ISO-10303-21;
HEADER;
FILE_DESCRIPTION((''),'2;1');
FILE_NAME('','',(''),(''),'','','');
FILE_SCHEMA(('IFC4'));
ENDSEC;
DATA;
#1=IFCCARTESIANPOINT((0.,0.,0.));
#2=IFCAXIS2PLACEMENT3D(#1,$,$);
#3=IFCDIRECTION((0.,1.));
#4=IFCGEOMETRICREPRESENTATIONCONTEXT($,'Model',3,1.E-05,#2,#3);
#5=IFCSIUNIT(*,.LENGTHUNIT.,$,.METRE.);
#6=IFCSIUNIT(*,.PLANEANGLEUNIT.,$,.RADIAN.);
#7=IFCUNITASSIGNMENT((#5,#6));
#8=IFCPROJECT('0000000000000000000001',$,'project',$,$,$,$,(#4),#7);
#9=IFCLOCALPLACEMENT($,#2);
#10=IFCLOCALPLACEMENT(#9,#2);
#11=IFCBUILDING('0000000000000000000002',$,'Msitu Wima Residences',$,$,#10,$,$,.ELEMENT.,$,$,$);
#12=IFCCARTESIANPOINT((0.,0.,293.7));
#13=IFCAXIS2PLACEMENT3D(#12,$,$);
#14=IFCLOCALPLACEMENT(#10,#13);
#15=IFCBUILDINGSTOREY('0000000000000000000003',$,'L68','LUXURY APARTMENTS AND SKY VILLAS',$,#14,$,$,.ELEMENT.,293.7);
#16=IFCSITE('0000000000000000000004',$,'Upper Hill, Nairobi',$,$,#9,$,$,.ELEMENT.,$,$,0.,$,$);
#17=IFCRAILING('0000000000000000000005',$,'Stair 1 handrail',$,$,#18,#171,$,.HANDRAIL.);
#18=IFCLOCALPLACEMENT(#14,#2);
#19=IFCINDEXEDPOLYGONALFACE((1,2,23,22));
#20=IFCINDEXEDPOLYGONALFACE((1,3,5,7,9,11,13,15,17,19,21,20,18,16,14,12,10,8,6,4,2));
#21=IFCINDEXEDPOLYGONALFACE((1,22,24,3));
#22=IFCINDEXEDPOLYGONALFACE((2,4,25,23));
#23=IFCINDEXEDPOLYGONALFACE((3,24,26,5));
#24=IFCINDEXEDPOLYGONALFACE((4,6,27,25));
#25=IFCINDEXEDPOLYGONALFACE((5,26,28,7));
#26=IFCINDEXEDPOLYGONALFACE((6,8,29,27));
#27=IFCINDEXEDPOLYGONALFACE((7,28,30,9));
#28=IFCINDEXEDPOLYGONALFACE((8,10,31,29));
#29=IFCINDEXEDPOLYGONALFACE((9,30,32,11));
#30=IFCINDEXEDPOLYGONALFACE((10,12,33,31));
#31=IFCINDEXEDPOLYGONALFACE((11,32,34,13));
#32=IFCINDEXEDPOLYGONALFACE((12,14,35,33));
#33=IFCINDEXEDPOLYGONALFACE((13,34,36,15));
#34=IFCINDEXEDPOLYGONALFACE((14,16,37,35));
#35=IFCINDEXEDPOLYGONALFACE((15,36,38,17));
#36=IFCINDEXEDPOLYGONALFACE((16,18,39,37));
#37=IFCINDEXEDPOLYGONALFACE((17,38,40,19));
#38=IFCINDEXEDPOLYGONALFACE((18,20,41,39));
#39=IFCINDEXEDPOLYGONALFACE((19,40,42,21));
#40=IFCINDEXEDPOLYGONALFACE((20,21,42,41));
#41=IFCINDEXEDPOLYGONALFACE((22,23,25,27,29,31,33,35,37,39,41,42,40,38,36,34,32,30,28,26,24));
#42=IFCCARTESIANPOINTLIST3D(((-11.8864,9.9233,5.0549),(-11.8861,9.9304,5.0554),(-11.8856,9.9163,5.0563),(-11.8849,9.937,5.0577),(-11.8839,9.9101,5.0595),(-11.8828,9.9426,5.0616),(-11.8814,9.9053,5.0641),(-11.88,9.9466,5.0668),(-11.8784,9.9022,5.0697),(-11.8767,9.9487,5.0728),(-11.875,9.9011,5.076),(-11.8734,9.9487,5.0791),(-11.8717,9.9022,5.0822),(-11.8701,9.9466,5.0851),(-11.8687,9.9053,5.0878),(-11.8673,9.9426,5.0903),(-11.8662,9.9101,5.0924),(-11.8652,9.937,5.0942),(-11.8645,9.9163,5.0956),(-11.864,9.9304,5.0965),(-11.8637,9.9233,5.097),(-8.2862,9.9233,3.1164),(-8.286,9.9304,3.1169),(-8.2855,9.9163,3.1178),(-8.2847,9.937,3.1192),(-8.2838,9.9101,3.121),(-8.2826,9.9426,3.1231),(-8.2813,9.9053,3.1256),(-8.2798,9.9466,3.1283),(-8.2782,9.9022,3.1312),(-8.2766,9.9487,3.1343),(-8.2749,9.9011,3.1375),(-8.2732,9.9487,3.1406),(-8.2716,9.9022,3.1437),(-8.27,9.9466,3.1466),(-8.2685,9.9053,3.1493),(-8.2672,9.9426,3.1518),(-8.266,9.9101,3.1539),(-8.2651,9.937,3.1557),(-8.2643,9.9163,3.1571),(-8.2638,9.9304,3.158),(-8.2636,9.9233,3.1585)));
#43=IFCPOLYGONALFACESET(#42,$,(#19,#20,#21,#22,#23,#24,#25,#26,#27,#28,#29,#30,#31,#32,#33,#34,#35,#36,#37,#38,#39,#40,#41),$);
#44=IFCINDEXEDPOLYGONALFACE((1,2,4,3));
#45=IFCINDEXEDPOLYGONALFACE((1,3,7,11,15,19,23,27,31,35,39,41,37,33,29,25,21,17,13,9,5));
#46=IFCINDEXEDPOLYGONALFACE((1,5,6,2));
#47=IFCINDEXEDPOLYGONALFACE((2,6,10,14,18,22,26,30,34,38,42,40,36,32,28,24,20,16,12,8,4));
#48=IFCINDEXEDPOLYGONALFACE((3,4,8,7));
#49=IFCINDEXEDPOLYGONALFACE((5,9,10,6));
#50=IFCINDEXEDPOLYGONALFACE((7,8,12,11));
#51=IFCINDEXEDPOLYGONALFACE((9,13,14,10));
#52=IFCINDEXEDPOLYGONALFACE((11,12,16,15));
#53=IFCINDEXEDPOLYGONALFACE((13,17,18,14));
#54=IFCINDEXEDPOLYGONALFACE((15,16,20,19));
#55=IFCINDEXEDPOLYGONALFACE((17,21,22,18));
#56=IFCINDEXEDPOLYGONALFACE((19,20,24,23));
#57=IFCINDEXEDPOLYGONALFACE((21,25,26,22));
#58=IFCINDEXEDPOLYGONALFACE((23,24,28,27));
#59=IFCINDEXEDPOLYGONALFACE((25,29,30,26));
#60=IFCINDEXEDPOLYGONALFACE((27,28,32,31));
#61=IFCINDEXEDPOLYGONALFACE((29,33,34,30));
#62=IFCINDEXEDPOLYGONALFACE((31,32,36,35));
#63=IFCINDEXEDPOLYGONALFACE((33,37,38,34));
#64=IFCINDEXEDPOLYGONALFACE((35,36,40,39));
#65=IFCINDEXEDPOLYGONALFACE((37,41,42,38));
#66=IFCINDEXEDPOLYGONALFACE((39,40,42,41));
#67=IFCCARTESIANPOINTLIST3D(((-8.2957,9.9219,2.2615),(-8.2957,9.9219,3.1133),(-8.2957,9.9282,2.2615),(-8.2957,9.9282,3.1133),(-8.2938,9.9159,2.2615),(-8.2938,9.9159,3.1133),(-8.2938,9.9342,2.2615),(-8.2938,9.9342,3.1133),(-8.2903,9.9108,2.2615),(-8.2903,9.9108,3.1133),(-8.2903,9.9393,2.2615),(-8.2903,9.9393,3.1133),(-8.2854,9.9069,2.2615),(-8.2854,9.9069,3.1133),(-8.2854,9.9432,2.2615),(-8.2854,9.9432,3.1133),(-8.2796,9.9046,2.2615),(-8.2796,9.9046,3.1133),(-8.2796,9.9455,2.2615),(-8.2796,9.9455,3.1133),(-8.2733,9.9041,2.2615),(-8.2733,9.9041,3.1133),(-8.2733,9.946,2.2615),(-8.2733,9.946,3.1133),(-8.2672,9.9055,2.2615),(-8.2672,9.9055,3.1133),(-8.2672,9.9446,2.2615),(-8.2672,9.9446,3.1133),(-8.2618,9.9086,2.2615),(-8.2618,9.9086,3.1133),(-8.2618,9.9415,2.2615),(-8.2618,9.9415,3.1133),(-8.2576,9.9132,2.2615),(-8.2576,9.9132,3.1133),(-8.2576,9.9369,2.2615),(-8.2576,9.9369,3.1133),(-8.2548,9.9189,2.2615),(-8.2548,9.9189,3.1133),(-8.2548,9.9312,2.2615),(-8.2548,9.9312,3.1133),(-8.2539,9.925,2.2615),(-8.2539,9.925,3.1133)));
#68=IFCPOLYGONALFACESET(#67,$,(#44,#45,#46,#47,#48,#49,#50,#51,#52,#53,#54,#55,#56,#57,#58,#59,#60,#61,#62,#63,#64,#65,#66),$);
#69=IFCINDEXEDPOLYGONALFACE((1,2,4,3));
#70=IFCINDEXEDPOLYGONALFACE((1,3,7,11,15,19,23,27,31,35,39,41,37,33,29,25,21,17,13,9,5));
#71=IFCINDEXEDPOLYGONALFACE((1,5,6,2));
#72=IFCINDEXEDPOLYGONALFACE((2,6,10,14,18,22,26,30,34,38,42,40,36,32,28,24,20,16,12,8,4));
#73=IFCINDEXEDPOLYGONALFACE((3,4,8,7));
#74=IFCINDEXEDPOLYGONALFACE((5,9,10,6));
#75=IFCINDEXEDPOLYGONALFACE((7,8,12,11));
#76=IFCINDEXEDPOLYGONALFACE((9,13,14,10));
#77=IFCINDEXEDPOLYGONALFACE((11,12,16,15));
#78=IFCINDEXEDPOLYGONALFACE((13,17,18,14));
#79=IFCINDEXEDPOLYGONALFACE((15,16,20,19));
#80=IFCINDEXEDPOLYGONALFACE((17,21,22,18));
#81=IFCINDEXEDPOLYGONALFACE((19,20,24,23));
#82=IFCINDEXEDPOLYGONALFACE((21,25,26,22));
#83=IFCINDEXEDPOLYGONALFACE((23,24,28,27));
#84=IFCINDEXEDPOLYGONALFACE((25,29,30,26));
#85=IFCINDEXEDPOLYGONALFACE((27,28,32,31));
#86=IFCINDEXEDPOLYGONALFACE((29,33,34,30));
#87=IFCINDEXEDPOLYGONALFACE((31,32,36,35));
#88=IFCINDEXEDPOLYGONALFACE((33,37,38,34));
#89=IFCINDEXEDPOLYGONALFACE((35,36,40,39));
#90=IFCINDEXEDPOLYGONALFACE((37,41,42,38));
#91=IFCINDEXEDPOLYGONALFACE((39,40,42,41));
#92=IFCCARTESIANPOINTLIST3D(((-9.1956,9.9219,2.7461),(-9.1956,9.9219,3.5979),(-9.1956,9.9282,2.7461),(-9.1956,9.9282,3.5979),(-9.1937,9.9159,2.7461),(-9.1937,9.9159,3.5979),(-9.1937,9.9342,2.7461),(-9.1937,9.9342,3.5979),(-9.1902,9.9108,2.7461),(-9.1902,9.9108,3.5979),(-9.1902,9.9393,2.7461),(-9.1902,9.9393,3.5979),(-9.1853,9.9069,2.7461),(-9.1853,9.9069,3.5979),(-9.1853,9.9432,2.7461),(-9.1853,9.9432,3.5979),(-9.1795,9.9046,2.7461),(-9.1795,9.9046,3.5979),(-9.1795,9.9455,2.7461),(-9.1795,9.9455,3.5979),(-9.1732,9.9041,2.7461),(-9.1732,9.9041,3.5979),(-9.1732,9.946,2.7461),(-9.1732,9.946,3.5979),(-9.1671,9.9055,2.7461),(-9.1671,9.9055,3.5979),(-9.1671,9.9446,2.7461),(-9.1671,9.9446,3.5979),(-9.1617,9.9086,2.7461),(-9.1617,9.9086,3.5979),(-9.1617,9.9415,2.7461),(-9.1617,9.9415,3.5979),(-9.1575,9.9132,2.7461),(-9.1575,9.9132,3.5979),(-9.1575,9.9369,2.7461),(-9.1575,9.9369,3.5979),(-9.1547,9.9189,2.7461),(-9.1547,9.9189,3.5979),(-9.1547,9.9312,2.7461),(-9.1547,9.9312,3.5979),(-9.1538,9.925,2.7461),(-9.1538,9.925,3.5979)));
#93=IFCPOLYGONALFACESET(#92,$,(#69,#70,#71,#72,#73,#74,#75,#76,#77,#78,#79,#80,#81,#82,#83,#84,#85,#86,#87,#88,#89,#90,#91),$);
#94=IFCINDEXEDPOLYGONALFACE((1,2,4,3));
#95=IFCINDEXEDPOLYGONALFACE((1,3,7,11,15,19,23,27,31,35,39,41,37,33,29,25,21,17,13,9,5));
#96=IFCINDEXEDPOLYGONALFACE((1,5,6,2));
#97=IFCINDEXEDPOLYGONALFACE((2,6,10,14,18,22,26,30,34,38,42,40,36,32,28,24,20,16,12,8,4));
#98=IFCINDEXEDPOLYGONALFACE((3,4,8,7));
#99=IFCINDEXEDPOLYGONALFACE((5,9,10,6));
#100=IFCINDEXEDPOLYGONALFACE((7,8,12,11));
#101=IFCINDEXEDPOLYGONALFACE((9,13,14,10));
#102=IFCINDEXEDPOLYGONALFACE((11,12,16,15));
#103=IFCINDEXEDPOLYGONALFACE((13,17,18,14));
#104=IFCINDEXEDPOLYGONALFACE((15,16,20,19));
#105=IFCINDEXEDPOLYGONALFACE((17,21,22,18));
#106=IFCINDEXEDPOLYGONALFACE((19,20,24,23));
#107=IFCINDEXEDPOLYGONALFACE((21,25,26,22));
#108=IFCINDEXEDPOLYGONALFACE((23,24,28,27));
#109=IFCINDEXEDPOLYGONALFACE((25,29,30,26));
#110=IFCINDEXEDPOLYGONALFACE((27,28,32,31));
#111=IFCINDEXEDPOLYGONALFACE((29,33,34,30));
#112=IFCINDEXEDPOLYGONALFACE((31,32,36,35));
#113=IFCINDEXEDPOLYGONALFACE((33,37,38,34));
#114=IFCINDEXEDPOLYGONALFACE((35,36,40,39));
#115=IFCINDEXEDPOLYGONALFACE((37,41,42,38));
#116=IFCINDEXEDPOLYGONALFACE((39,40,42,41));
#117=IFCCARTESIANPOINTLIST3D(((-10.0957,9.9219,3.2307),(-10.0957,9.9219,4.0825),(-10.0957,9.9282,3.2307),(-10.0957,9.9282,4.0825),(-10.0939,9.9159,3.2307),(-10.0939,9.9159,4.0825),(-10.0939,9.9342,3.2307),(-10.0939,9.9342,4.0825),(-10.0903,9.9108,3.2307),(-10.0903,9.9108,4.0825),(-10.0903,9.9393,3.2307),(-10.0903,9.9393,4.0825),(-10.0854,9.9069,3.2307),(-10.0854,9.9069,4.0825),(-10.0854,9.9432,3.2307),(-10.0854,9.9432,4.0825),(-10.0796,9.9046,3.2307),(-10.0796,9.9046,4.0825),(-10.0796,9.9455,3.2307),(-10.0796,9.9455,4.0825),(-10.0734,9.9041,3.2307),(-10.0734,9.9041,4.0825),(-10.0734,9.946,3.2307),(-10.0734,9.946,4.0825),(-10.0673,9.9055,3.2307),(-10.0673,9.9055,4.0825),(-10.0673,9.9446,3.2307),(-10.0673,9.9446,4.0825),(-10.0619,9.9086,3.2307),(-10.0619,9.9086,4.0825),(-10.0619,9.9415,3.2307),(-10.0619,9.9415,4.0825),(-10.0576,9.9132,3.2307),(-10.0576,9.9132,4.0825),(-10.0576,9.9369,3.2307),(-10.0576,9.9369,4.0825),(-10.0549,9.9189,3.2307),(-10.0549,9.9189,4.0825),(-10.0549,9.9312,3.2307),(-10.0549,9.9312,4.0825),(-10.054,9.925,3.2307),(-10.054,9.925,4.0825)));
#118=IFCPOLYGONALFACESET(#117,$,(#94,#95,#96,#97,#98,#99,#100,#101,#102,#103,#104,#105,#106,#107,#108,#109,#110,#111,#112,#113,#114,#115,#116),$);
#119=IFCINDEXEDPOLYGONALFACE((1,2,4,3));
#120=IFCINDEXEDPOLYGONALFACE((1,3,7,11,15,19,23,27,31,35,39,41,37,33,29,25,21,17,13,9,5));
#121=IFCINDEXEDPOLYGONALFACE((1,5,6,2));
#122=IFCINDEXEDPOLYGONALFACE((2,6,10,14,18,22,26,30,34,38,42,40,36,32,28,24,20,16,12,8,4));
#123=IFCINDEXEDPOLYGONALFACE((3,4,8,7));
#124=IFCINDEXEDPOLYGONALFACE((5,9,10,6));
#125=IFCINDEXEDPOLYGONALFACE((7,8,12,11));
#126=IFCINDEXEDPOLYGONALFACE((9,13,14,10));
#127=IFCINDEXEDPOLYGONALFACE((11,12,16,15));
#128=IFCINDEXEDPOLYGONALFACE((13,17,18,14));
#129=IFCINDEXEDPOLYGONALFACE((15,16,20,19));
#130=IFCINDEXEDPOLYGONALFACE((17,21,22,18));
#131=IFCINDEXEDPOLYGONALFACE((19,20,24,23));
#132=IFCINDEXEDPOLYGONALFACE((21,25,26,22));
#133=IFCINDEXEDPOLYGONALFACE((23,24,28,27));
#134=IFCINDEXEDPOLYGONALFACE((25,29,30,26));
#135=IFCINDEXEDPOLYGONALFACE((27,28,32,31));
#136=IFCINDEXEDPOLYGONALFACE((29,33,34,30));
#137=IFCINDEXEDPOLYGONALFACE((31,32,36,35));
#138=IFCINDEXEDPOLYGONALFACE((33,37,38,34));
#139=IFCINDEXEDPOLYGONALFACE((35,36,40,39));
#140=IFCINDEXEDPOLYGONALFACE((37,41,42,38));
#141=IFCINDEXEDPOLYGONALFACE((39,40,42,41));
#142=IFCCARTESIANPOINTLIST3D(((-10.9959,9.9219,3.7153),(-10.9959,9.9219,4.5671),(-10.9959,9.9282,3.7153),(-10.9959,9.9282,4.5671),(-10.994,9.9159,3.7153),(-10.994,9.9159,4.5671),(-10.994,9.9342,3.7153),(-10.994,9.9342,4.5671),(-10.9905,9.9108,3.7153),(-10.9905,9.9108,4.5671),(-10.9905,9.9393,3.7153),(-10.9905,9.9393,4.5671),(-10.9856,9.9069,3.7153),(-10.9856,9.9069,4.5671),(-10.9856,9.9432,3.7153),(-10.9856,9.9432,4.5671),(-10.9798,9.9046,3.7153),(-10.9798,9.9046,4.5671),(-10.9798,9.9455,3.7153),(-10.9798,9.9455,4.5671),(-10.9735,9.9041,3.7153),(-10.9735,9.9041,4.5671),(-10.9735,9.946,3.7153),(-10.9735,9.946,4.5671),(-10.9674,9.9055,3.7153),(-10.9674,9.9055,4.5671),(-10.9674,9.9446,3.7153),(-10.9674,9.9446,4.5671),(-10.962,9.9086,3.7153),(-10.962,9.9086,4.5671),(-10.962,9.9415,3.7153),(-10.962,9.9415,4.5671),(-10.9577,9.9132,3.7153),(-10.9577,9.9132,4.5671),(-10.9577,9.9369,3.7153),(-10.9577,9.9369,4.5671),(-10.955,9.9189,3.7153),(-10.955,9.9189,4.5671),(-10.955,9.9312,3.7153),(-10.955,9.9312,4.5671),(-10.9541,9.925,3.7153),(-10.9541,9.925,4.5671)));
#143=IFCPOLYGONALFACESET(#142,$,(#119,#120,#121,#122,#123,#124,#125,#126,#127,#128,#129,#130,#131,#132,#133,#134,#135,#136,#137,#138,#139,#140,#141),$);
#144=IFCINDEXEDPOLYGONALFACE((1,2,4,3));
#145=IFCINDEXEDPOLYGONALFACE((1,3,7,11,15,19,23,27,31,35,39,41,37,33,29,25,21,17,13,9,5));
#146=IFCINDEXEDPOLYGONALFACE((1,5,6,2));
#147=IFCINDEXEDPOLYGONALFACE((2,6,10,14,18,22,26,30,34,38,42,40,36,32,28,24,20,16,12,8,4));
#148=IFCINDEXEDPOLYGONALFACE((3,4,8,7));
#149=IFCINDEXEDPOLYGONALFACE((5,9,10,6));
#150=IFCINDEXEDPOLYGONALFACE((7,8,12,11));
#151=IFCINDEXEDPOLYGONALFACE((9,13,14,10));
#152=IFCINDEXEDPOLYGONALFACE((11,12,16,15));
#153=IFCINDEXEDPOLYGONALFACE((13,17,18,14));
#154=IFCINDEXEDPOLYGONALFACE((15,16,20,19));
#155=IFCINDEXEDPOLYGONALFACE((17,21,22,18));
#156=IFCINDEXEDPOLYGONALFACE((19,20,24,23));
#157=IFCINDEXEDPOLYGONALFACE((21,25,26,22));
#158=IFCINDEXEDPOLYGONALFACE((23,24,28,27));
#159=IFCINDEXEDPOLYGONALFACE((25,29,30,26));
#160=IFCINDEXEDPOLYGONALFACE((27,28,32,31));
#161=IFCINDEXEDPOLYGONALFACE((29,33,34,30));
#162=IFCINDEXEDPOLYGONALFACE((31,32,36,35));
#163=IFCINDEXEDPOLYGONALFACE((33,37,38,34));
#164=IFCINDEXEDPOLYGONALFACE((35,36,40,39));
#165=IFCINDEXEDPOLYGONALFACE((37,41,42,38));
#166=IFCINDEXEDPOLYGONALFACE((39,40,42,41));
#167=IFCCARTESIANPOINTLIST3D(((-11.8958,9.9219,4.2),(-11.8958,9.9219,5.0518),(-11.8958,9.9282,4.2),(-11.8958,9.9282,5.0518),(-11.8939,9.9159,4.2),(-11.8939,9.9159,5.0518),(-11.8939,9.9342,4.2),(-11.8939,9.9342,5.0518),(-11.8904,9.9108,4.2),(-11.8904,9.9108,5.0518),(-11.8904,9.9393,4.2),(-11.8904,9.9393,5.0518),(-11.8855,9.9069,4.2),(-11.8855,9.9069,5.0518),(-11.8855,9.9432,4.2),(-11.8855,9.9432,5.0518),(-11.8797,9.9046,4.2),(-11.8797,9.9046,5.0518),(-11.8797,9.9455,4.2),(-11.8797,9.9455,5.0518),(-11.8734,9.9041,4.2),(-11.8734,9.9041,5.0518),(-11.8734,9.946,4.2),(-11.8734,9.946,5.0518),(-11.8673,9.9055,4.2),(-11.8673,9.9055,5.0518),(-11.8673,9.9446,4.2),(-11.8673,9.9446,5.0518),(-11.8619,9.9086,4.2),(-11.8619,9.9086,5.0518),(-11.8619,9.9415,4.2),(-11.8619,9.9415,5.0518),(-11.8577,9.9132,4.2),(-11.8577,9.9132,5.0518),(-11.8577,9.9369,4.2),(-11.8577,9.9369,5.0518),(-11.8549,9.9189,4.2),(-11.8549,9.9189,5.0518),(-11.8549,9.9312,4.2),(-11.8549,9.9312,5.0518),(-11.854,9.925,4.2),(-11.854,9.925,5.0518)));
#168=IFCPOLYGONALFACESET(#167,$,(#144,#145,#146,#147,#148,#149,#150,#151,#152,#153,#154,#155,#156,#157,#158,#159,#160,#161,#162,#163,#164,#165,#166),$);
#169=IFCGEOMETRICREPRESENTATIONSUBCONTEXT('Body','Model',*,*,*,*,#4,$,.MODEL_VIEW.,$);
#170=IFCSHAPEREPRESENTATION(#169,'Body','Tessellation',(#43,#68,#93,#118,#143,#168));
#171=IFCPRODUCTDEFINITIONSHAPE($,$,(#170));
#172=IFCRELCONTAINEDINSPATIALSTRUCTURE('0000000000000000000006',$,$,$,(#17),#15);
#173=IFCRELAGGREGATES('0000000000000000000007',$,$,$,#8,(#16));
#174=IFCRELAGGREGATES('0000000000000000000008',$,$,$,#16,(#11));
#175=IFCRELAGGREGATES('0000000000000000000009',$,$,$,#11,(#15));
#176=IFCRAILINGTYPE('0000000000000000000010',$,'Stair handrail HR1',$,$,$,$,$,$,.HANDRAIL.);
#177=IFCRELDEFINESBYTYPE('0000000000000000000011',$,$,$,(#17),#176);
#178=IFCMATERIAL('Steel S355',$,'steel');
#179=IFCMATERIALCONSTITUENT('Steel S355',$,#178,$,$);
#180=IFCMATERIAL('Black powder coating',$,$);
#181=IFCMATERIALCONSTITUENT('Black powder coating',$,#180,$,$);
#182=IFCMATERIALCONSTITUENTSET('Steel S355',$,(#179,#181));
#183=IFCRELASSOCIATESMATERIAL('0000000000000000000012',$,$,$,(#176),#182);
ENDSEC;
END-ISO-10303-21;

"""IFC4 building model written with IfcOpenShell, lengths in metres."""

from ifc_helpers import new_model, si_unit, direction, frame, origin, origin_2d, place, context, subcontext, project, spatial, circle, extrude, material, constituent, constituent_set, type_object, element, save


model = new_model("IFC4")

# Units and contexts
model_context = context("Model", 3, precision=1e-05, world=origin(), true_north=direction((0.0, 1.0)))
body_context = subcontext(model_context, "Body", "Model", "MODEL_VIEW")
ifc_project = project(units=[si_unit("LENGTHUNIT", "METRE"), si_unit("PLANEANGLEUNIT", "RADIAN")], contexts=[model_context])

# Site, building, storey
site_placement = place(None, origin())
site = spatial("IfcSite", under=ifc_project, at=site_placement, Name="Upper Hill, Nairobi", CompositionType="ELEMENT", RefElevation=0.0)
building_placement = place(site_placement, origin())
building = spatial("IfcBuilding", under=site, at=building_placement, Name="Msitu Wima Residences", CompositionType="ELEMENT")
storey_placement = place(building_placement, frame((0.0, 0.0, 293.7)))
storey = spatial("IfcBuildingStorey", under=building, at=storey_placement, Name="L68", Description="LUXURY APARTMENTS AND SKY VILLAS", CompositionType="ELEMENT", Elevation=293.7)

# Railing
ifc_material_1 = material(Name="Steel S355", Category="steel")
ifc_constituent_1 = constituent(ifc_material_1, Name="Steel S355")
ifc_material_2 = material(Name="Black powder coating")
ifc_constituent_2 = constituent(ifc_material_2, Name="Black powder coating")
ifc_constituent_set = constituent_set(constituents=[ifc_constituent_1, ifc_constituent_2], Name="Steel S355")
railing_type = type_object("IfcRailingType", Name="Stair handrail HR1", PredefinedType="HANDRAIL", material=ifc_constituent_set)
railing_placement = place(storey_placement, frame((-8.2749, 9.925, 2.2615)))
element("IfcRailing", 1, at=railing_placement, inside=storey, type_object=railing_type, Name="Stair 1 handrail", PredefinedType="HANDRAIL", context=body_context, shape_type="SweptSolid", body=[
    extrude(circle(Radius=0.0239, at=origin_2d()), frame((0.0, 0.0, 0.876), z_axis=(-0.880475, 0.0, 0.474093), x_axis=(0.0, -1.0, 0.0)), (0.0, 0.0, 1.0), 4.0889),
    extrude(circle(Radius=0.021, at=origin_2d()), origin(), (0.0, 0.0, 1.0), 0.8518),
    extrude(circle(Radius=0.021, at=origin_2d()), frame((-0.8999, 0.0, 0.4846)), (0.0, 0.0, 1.0), 0.8518),
    extrude(circle(Radius=0.021, at=origin_2d()), frame((-1.8, 0.0, 0.9692)), (0.0, 0.0, 1.0), 0.8518),
    extrude(circle(Radius=0.021, at=origin_2d()), frame((-2.7002, 0.0, 1.4539)), (0.0, 0.0, 1.0), 0.8518),
    extrude(circle(Radius=0.021, at=origin_2d()), frame((-3.6001, 0.0, 1.9385)), (0.0, 0.0, 1.0), 0.8518),
])

save(model, "model.ifc")
